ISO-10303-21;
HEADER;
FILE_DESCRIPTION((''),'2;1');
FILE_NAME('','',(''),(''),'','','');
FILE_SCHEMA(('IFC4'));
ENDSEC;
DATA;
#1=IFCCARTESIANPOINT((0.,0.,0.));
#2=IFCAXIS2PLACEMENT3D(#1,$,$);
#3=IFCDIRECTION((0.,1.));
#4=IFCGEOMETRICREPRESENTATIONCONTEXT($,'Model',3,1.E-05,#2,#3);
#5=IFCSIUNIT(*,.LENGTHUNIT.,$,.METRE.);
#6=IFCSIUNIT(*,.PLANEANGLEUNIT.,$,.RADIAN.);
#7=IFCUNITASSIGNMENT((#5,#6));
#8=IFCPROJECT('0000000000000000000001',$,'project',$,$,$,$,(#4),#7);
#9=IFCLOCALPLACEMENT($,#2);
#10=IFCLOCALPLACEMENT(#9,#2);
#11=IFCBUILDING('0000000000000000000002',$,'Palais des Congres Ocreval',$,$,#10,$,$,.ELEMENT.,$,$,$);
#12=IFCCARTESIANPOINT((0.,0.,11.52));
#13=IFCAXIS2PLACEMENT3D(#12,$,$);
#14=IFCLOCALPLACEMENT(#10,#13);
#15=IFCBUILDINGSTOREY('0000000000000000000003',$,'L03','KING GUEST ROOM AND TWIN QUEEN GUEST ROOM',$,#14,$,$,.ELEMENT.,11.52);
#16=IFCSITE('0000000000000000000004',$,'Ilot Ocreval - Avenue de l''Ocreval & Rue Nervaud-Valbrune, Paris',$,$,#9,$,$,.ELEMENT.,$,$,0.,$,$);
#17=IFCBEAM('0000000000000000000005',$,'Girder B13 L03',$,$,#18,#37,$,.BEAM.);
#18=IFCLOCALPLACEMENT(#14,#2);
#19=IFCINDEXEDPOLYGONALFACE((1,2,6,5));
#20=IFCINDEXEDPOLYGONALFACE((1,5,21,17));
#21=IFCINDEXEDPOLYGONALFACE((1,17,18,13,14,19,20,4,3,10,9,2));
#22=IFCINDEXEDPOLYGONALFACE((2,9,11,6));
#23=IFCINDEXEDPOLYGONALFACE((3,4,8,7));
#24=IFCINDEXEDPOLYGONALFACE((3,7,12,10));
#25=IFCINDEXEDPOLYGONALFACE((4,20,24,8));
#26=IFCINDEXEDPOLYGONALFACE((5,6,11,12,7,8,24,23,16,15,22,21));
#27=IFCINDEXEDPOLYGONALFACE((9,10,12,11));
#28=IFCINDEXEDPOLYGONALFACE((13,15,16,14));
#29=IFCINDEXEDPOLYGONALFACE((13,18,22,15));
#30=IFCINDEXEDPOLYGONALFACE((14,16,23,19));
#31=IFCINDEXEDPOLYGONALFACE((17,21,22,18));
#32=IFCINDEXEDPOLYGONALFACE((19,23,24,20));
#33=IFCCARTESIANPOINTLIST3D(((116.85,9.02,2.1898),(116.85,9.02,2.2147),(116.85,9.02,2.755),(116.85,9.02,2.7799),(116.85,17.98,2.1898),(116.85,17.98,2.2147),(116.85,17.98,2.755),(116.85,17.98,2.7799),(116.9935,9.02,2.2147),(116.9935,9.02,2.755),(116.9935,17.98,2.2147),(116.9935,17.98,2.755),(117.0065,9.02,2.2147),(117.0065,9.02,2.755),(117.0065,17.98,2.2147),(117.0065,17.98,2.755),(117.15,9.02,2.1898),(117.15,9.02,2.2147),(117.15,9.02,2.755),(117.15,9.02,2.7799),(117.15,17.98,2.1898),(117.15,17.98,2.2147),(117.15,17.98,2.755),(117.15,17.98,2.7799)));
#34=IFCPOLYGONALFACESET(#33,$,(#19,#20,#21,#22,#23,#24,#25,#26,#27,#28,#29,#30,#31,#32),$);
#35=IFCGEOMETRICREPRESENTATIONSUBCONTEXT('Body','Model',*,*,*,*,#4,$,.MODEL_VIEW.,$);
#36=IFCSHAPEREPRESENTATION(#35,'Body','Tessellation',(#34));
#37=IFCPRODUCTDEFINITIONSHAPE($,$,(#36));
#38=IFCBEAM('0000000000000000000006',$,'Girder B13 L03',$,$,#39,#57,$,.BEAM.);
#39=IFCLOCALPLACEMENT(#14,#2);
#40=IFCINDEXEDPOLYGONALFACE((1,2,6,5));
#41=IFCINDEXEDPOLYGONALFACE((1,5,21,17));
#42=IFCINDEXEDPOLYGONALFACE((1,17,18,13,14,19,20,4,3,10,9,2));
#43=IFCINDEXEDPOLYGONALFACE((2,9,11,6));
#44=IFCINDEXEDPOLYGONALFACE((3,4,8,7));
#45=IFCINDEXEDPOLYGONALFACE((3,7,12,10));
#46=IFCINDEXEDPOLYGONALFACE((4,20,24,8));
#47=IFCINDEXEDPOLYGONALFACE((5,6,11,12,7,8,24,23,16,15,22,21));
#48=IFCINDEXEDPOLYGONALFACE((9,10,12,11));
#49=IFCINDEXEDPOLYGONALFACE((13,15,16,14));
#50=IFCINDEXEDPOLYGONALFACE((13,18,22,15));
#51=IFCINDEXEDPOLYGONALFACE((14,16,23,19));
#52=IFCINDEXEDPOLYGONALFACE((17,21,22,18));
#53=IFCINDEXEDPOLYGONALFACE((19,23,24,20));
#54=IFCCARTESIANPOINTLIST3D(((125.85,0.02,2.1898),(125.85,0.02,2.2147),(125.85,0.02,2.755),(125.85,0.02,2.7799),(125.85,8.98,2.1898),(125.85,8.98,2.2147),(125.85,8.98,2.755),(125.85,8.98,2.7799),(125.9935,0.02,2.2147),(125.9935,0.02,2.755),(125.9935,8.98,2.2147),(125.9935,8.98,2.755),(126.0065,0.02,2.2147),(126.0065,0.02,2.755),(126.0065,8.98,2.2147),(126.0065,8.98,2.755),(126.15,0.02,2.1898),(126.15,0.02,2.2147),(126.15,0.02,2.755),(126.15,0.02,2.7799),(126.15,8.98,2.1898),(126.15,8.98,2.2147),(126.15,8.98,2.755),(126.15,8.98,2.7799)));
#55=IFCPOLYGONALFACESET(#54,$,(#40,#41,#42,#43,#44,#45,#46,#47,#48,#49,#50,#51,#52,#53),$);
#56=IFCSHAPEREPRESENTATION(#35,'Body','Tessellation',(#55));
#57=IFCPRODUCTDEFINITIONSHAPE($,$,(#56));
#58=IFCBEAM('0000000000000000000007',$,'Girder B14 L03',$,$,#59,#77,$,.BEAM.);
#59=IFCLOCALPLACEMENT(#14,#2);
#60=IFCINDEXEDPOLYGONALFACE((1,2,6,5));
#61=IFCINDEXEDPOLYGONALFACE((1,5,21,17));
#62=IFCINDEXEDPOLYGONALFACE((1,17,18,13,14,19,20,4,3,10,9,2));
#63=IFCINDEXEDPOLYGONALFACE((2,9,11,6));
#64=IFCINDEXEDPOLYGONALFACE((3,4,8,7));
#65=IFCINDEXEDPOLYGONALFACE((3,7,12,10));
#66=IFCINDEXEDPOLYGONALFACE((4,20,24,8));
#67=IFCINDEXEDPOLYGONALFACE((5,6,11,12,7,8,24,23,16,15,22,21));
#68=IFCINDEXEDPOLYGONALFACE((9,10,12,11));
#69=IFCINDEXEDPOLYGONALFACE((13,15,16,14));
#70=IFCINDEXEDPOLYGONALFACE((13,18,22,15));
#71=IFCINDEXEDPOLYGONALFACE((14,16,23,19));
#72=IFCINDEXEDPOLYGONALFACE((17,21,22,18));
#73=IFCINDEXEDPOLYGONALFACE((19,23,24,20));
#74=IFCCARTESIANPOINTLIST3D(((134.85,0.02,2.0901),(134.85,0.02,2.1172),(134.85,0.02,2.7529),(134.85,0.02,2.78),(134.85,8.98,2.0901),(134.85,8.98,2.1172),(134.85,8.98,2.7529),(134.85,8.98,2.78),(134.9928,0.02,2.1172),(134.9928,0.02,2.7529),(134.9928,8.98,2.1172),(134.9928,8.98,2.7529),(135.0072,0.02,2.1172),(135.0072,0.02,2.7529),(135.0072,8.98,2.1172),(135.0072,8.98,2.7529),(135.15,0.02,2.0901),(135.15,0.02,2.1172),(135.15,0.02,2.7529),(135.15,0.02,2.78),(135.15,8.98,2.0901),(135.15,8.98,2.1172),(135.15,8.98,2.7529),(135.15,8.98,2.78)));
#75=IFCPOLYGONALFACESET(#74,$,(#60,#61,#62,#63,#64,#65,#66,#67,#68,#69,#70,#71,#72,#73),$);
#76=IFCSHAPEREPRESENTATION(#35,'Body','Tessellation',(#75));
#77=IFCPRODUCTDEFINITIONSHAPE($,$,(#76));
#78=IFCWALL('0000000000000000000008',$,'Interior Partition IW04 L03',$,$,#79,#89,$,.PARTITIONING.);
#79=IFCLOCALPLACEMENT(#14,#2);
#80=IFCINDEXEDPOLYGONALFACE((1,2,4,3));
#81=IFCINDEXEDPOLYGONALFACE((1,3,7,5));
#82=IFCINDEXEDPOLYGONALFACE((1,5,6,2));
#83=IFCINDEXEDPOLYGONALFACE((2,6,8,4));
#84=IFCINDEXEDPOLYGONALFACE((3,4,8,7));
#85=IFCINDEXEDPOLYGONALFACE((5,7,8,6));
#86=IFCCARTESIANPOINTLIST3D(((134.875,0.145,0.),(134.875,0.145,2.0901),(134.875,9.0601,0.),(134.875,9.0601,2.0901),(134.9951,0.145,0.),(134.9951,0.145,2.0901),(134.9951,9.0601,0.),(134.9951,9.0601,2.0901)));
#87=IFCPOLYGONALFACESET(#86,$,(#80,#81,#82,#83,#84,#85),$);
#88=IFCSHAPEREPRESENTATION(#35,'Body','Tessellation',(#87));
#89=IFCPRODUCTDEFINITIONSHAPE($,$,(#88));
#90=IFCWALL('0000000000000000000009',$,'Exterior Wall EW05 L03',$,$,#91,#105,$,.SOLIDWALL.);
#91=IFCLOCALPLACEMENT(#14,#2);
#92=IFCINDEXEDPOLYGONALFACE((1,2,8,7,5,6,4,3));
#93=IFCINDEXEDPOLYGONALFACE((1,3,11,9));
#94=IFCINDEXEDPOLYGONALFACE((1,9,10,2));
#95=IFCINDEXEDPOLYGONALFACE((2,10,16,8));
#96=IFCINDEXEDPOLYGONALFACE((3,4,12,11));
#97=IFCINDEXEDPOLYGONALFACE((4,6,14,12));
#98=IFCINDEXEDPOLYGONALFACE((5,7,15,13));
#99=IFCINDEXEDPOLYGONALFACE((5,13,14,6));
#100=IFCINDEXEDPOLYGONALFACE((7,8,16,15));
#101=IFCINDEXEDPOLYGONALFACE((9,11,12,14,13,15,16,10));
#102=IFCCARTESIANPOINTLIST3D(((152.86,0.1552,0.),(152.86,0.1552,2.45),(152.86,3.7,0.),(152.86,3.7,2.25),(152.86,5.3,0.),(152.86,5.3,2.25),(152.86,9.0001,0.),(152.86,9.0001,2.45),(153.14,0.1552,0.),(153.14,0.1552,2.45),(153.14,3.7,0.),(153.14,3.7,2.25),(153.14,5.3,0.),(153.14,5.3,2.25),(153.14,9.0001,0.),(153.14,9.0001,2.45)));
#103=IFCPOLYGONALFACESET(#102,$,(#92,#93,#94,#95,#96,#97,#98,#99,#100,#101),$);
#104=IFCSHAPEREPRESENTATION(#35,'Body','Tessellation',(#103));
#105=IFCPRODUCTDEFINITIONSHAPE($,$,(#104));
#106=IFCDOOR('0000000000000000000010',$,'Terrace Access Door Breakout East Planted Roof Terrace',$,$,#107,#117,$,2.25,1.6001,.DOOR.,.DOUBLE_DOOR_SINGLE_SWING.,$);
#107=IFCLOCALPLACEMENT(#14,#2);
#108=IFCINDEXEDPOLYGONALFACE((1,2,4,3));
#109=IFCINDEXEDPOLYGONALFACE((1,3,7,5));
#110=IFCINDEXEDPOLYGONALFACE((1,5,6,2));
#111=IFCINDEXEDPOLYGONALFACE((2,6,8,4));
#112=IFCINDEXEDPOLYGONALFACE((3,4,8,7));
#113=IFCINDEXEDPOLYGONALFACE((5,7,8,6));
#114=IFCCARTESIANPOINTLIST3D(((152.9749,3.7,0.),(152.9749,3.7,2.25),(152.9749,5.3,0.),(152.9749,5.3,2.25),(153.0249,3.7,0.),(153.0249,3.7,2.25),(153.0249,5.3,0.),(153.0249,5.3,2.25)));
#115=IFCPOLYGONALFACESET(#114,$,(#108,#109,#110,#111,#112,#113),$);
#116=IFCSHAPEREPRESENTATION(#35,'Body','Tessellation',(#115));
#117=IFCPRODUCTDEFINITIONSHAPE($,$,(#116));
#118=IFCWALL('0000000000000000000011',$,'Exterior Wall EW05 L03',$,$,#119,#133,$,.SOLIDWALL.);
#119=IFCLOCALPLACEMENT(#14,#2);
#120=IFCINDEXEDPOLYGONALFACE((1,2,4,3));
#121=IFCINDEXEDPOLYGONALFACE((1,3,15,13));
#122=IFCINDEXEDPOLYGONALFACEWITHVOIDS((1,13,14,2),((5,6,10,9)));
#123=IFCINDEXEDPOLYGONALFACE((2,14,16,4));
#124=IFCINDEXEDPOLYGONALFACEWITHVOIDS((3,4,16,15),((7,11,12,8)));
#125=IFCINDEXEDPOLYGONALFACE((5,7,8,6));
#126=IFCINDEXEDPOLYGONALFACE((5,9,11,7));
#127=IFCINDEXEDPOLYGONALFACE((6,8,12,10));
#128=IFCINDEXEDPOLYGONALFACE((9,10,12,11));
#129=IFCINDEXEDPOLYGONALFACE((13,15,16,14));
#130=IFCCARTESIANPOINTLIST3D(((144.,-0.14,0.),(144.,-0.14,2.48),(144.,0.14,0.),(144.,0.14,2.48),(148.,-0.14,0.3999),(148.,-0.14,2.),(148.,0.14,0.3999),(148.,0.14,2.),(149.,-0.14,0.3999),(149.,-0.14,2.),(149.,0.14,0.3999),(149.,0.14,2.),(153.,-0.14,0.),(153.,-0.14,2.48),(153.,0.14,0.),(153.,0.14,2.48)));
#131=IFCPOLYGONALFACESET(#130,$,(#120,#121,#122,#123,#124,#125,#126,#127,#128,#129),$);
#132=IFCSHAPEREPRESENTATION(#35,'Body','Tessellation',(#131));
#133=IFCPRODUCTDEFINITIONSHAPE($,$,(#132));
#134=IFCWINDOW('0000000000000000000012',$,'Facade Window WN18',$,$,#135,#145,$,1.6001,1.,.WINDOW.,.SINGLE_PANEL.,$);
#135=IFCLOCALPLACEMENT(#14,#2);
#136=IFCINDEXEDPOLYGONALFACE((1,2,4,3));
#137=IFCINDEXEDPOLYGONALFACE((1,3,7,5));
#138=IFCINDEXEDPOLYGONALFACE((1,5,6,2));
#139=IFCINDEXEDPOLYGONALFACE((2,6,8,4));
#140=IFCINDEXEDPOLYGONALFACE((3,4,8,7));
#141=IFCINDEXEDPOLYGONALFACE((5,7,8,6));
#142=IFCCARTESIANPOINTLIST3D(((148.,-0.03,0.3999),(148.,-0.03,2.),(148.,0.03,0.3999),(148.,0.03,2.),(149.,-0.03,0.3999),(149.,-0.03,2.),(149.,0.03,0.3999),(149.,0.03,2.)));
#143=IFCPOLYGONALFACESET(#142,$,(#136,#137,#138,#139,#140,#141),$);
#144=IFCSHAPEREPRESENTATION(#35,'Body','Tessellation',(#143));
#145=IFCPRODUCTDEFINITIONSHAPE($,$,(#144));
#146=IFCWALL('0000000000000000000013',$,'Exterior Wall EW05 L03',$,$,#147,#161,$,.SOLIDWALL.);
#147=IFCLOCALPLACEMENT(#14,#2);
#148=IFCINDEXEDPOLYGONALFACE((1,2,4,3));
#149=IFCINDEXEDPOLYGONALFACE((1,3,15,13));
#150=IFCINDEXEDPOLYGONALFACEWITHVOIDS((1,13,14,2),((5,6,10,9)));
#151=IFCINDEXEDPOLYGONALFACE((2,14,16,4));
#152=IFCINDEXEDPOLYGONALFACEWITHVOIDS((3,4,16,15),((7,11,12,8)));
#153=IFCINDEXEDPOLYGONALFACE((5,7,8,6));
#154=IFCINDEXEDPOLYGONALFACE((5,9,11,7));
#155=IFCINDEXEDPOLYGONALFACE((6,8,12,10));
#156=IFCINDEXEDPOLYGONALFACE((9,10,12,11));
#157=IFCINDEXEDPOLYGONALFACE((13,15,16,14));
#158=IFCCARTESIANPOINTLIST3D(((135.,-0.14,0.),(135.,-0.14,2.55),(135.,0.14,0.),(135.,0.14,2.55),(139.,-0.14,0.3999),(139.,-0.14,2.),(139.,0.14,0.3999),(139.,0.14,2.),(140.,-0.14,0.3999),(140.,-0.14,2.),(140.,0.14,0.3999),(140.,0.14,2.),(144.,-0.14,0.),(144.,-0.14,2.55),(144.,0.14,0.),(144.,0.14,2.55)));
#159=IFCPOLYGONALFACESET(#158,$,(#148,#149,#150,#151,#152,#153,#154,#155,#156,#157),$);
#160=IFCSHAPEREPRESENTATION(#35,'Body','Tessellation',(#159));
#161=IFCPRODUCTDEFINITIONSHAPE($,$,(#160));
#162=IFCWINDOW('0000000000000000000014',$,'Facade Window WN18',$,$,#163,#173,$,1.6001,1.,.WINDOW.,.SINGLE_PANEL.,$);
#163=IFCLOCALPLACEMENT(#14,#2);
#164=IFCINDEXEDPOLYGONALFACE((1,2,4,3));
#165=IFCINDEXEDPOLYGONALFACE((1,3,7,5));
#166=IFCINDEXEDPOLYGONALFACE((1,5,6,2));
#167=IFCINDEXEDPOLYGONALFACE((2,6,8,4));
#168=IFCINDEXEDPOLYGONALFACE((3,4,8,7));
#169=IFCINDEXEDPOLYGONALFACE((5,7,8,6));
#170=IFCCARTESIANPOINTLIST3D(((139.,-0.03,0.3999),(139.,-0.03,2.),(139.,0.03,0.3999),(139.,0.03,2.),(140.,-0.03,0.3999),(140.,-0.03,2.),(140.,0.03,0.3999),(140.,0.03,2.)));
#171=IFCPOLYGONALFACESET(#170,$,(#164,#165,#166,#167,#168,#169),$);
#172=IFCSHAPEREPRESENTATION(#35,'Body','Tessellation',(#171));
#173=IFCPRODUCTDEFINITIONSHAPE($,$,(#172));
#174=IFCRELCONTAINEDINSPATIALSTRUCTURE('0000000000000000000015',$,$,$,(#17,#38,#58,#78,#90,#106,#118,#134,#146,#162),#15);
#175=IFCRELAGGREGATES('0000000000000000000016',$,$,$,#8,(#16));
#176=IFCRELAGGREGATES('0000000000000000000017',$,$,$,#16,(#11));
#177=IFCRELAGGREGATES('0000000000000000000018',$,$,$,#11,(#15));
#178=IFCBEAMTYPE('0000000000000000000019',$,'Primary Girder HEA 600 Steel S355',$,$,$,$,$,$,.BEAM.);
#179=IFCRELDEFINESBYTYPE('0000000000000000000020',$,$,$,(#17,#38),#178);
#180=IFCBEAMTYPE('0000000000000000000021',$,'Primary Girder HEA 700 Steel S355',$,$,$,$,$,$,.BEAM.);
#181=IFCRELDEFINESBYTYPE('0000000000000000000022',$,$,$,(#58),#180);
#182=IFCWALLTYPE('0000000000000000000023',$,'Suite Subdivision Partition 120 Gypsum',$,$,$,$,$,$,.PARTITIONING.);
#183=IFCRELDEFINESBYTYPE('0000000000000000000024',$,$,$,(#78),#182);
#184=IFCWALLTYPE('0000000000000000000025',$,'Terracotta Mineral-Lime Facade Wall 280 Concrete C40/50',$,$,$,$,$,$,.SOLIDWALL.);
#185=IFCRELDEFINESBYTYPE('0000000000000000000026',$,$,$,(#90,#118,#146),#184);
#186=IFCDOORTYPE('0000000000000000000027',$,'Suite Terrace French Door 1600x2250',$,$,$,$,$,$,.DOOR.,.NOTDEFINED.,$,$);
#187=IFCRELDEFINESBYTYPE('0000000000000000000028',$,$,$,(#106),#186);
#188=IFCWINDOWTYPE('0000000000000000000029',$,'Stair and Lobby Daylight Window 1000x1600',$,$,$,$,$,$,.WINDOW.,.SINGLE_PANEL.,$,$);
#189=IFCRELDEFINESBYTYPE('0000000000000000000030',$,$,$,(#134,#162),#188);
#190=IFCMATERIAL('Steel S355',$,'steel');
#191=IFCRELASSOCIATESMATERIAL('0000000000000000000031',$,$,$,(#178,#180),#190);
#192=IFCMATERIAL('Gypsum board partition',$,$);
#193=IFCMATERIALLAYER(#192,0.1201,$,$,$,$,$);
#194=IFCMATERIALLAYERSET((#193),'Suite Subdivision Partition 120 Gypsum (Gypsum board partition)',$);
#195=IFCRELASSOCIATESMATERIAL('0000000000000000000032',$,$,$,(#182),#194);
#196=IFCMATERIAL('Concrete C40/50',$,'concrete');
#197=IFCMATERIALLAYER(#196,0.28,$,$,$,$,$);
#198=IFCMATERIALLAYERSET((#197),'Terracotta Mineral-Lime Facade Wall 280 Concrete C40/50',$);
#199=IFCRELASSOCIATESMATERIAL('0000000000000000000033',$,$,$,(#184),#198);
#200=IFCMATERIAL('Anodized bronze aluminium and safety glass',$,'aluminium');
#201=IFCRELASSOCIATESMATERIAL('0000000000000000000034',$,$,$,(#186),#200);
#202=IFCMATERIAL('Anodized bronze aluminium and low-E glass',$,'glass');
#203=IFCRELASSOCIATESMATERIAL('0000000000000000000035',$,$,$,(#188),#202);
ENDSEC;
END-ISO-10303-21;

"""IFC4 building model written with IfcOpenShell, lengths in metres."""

from ifc_helpers import new_model, si_unit, direction, frame, frame_2d, origin, origin_2d, place, context, subcontext, project, spatial, rectangle, i_section, extrude, material, layer, layer_set, material_profile, profile_set, type_object, element, fill, save


model = new_model("IFC4")

# Units and contexts
model_context = context("Model", 3, precision=1e-05, world=origin(), true_north=direction((0.0, 1.0)))
body_context = subcontext(model_context, "Body", "Model", "MODEL_VIEW")
ifc_project = project(units=[si_unit("LENGTHUNIT", "METRE"), si_unit("PLANEANGLEUNIT", "RADIAN")], contexts=[model_context])

# Site, building, storey
site_placement = place(None, origin())
site = spatial("IfcSite", under=ifc_project, at=site_placement, Name="Ilot Ocreval - Avenue de l'Ocreval & Rue Nervaud-Valbrune, Paris", CompositionType="ELEMENT", RefElevation=0.0)
building_placement = place(site_placement, origin())
building = spatial("IfcBuilding", under=site, at=building_placement, Name="Palais des Congres Ocreval", CompositionType="ELEMENT")
storey_placement = place(building_placement, frame((0.0, 0.0, 11.52)))
storey = spatial("IfcBuildingStorey", under=building, at=storey_placement, Name="L03", Description="KING GUEST ROOM AND TWIN QUEEN GUEST ROOM", CompositionType="ELEMENT", Elevation=11.52)

# Shared definitions
ifc_material_1 = material(Name="Steel S355", Category="steel")

# Beams
ifc_material_profile_1 = material_profile(ifc_material_1, i_section(OverallWidth=0.3, OverallDepth=0.5901, WebThickness=0.0129, FlangeThickness=0.0249, at=origin_2d()), Name="HEA 600")
ifc_profile_set_1 = profile_set([ifc_material_profile_1], Name="Steel S355")
beam_type_1 = type_object("IfcBeamType", Name="Primary Girder HEA 600 Steel S355", PredefinedType="BEAM", material=ifc_profile_set_1)
for number, where, z_axis, x_axis, name in (
    (1, (117.0, 9.02, 2.4849), (0.0, 1.0, 0.0), (-1.0, 0.0, 0.0), "Girder B13 L03"),
    (2, (126.0, 0.02, 2.4849), (0.0, 1.0, 0.0), (-1.0, 0.0, 0.0), "Girder B13 L03"),
):
    element("IfcBeam", number, at=place(storey_placement, frame(where, z_axis=z_axis, x_axis=x_axis)), inside=storey, type_object=beam_type_1, Name=name, PredefinedType="BEAM", context=body_context, shape_type="SweptSolid", body=[
        extrude(i_section(OverallWidth=0.3, OverallDepth=0.5901, WebThickness=0.0129, FlangeThickness=0.0249, at=origin_2d()), origin(), (0.0, 0.0, 1.0), 8.96),
    ])
ifc_material_profile_2 = material_profile(ifc_material_1, i_section(OverallWidth=0.3, OverallDepth=0.6899, WebThickness=0.0144, FlangeThickness=0.0271, at=origin_2d()), Name="HEA 700")
ifc_profile_set_2 = profile_set([ifc_material_profile_2], Name="Steel S355")
beam_type_2 = type_object("IfcBeamType", Name="Primary Girder HEA 700 Steel S355", PredefinedType="BEAM", material=ifc_profile_set_2)
beam_1_placement = place(storey_placement, frame((135.0, 0.02, 2.4351), z_axis=(0.0, 1.0, 0.0), x_axis=(-1.0, 0.0, 0.0)))
element("IfcBeam", 3, at=beam_1_placement, inside=storey, type_object=beam_type_2, Name="Girder B14 L03", PredefinedType="BEAM", context=body_context, shape_type="SweptSolid", body=[
    extrude(i_section(OverallWidth=0.3, OverallDepth=0.6899, WebThickness=0.0144, FlangeThickness=0.0271, at=origin_2d()), origin(), (0.0, 0.0, 1.0), 8.96),
])

# Wall
ifc_material_2 = material(Name="Gypsum board partition")
ifc_layer_1 = layer(ifc_material_2, 0.1201)
ifc_layer_set_1 = layer_set([ifc_layer_1], Name="Suite Subdivision Partition 120 Gypsum (Gypsum board partition)")
wall_type_1 = type_object("IfcWallType", Name="Suite Subdivision Partition 120 Gypsum", PredefinedType="PARTITIONING", material=ifc_layer_set_1)
wall_1_placement = place(storey_placement, frame((134.9351, 0.145, 0.0), z_axis=(0.0, 0.0, 1.0), x_axis=(0.0, 1.0, 0.0)))
element("IfcWall", 4, at=wall_1_placement, inside=storey, type_object=wall_type_1, Name="Interior Partition IW04 L03", PredefinedType="PARTITIONING", context=body_context, shape_type="SweptSolid", body=[
    extrude(rectangle(XDim=8.915, YDim=0.1201, at=frame_2d((4.4575, 0.0))), origin(), (0.0, 0.0, 1.0), 2.0901),
])

# Wall, opening, door
ifc_material_3 = material(Name="Concrete C40/50", Category="concrete")
ifc_layer_2 = layer(ifc_material_3, 0.28)
ifc_layer_set_2 = layer_set([ifc_layer_2], Name="Terracotta Mineral-Lime Facade Wall 280 Concrete C40/50")
wall_type_2 = type_object("IfcWallType", Name="Terracotta Mineral-Lime Facade Wall 280 Concrete C40/50", PredefinedType="SOLIDWALL", material=ifc_layer_set_2)
wall_2_placement = place(storey_placement, frame((153.0, 9.0, 0.0), z_axis=(0.0, 0.0, 1.0), x_axis=(0.0, -1.0, 0.0)))
wall_2 = element("IfcWall", 5, at=wall_2_placement, inside=storey, type_object=wall_type_2, Name="Exterior Wall EW05 L03", PredefinedType="SOLIDWALL", context=body_context, shape_type="SweptSolid", body=[
    extrude(rectangle(XDim=8.845, YDim=0.28, at=frame_2d((4.4224, 0.0))), origin(), (0.0, 0.0, 1.0), 2.45),
])
opening_1_placement = place(wall_2_placement, frame((3.7, 0.0, 0.0)))
opening_1 = element("IfcOpeningElement", 6, at=opening_1_placement, cuts=wall_2, PredefinedType="OPENING", context=body_context, shape_type="SweptSolid", body=[
    extrude(rectangle(XDim=1.6001, YDim=2.25, at=frame_2d((0.8, 1.125))), frame((0.0, 0.1499, 0.0), z_axis=(0.0, -1.0, 0.0), x_axis=(1.0, 0.0, 0.0)), (0.0, 0.0, 1.0), 0.3),
])
ifc_material_4 = material(Name="Anodized bronze aluminium and safety glass", Category="aluminium")
door_type = type_object("IfcDoorType", Name="Suite Terrace French Door 1600x2250", OperationType="NOTDEFINED", PredefinedType="DOOR", material=ifc_material_4)
door_placement = place(opening_1_placement, origin())
door = element("IfcDoor", 7, at=door_placement, inside=storey, type_object=door_type, Name="Terrace Access Door Breakout East Planted Roof Terrace", OperationType="DOUBLE_DOOR_SINGLE_SWING", OverallHeight=2.25, OverallWidth=1.6001, PredefinedType="DOOR", context=body_context, shape_type="SweptSolid", body=[
    extrude(rectangle(XDim=1.6001, YDim=2.25, at=frame_2d((0.8, 1.125))), frame((0.0, 0.0249, 0.0), z_axis=(0.0, -1.0, 0.0), x_axis=(1.0, 0.0, 0.0)), (0.0, 0.0, 1.0), 0.05),
])
fill(opening_1, door)

# Walls, openings, windows
wall_3_placement = place(storey_placement, frame((153.0, 0.0, 0.0), z_axis=(0.0, 0.0, 1.0), x_axis=(-1.0, 0.0, 0.0)))
wall_3 = element("IfcWall", 8, at=wall_3_placement, inside=storey, type_object=wall_type_2, Name="Exterior Wall EW05 L03", PredefinedType="SOLIDWALL", context=body_context, shape_type="SweptSolid", body=[
    extrude(rectangle(XDim=9.0, YDim=0.28, at=frame_2d((4.5, 0.0))), origin(), (0.0, 0.0, 1.0), 2.48),
])
opening_2_placement = place(wall_3_placement, frame((4.0, 0.0, 0.3999)))
opening_2 = element("IfcOpeningElement", 9, at=opening_2_placement, cuts=wall_3, PredefinedType="OPENING", context=body_context, shape_type="SweptSolid", body=[
    extrude(rectangle(XDim=1.0, YDim=1.6001, at=frame_2d((0.5, 0.8))), frame((0.0, 0.1499, 0.0), z_axis=(0.0, -1.0, 0.0), x_axis=(1.0, 0.0, 0.0)), (0.0, 0.0, 1.0), 0.3),
])
ifc_material_5 = material(Name="Anodized bronze aluminium and low-E glass", Category="glass")
window_type = type_object("IfcWindowType", Name="Stair and Lobby Daylight Window 1000x1600", PartitioningType="SINGLE_PANEL", PredefinedType="WINDOW", material=ifc_material_5)
window_1_placement = place(opening_2_placement, origin())
window_1 = element("IfcWindow", 10, at=window_1_placement, inside=storey, type_object=window_type, Name="Facade Window WN18", OverallHeight=1.6001, OverallWidth=1.0, PartitioningType="SINGLE_PANEL", PredefinedType="WINDOW", context=body_context, shape_type="SweptSolid", body=[
    extrude(rectangle(XDim=1.0, YDim=1.6001, at=frame_2d((0.5, 0.8))), frame((0.0, 0.03, 0.0), z_axis=(0.0, -1.0, 0.0), x_axis=(1.0, 0.0, 0.0)), (0.0, 0.0, 1.0), 0.0601),
])
fill(opening_2, window_1)
wall_4_placement = place(storey_placement, frame((144.0, 0.0, 0.0), z_axis=(0.0, 0.0, 1.0), x_axis=(-1.0, 0.0, 0.0)))
wall_4 = element("IfcWall", 11, at=wall_4_placement, inside=storey, type_object=wall_type_2, Name="Exterior Wall EW05 L03", PredefinedType="SOLIDWALL", context=body_context, shape_type="SweptSolid", body=[
    extrude(rectangle(XDim=9.0, YDim=0.28, at=frame_2d((4.5, 0.0))), origin(), (0.0, 0.0, 1.0), 2.55),
])
opening_3_placement = place(wall_4_placement, frame((4.0, 0.0, 0.3999)))
opening_3 = element("IfcOpeningElement", 12, at=opening_3_placement, cuts=wall_4, PredefinedType="OPENING", context=body_context, shape_type="SweptSolid", body=[
    extrude(rectangle(XDim=1.0, YDim=1.6001, at=frame_2d((0.5, 0.8))), frame((0.0, 0.1499, 0.0), z_axis=(0.0, -1.0, 0.0), x_axis=(1.0, 0.0, 0.0)), (0.0, 0.0, 1.0), 0.3),
])
window_2_placement = place(opening_3_placement, origin())
window_2 = element("IfcWindow", 13, at=window_2_placement, inside=storey, type_object=window_type, Name="Facade Window WN18", OverallHeight=1.6001, OverallWidth=1.0, PartitioningType="SINGLE_PANEL", PredefinedType="WINDOW", context=body_context, shape_type="SweptSolid", body=[
    extrude(rectangle(XDim=1.0, YDim=1.6001, at=frame_2d((0.5, 0.8))), frame((0.0, 0.03, 0.0), z_axis=(0.0, -1.0, 0.0), x_axis=(1.0, 0.0, 0.0)), (0.0, 0.0, 1.0), 0.0601),
])
fill(opening_3, window_2)

save(model, "model.ifc")
